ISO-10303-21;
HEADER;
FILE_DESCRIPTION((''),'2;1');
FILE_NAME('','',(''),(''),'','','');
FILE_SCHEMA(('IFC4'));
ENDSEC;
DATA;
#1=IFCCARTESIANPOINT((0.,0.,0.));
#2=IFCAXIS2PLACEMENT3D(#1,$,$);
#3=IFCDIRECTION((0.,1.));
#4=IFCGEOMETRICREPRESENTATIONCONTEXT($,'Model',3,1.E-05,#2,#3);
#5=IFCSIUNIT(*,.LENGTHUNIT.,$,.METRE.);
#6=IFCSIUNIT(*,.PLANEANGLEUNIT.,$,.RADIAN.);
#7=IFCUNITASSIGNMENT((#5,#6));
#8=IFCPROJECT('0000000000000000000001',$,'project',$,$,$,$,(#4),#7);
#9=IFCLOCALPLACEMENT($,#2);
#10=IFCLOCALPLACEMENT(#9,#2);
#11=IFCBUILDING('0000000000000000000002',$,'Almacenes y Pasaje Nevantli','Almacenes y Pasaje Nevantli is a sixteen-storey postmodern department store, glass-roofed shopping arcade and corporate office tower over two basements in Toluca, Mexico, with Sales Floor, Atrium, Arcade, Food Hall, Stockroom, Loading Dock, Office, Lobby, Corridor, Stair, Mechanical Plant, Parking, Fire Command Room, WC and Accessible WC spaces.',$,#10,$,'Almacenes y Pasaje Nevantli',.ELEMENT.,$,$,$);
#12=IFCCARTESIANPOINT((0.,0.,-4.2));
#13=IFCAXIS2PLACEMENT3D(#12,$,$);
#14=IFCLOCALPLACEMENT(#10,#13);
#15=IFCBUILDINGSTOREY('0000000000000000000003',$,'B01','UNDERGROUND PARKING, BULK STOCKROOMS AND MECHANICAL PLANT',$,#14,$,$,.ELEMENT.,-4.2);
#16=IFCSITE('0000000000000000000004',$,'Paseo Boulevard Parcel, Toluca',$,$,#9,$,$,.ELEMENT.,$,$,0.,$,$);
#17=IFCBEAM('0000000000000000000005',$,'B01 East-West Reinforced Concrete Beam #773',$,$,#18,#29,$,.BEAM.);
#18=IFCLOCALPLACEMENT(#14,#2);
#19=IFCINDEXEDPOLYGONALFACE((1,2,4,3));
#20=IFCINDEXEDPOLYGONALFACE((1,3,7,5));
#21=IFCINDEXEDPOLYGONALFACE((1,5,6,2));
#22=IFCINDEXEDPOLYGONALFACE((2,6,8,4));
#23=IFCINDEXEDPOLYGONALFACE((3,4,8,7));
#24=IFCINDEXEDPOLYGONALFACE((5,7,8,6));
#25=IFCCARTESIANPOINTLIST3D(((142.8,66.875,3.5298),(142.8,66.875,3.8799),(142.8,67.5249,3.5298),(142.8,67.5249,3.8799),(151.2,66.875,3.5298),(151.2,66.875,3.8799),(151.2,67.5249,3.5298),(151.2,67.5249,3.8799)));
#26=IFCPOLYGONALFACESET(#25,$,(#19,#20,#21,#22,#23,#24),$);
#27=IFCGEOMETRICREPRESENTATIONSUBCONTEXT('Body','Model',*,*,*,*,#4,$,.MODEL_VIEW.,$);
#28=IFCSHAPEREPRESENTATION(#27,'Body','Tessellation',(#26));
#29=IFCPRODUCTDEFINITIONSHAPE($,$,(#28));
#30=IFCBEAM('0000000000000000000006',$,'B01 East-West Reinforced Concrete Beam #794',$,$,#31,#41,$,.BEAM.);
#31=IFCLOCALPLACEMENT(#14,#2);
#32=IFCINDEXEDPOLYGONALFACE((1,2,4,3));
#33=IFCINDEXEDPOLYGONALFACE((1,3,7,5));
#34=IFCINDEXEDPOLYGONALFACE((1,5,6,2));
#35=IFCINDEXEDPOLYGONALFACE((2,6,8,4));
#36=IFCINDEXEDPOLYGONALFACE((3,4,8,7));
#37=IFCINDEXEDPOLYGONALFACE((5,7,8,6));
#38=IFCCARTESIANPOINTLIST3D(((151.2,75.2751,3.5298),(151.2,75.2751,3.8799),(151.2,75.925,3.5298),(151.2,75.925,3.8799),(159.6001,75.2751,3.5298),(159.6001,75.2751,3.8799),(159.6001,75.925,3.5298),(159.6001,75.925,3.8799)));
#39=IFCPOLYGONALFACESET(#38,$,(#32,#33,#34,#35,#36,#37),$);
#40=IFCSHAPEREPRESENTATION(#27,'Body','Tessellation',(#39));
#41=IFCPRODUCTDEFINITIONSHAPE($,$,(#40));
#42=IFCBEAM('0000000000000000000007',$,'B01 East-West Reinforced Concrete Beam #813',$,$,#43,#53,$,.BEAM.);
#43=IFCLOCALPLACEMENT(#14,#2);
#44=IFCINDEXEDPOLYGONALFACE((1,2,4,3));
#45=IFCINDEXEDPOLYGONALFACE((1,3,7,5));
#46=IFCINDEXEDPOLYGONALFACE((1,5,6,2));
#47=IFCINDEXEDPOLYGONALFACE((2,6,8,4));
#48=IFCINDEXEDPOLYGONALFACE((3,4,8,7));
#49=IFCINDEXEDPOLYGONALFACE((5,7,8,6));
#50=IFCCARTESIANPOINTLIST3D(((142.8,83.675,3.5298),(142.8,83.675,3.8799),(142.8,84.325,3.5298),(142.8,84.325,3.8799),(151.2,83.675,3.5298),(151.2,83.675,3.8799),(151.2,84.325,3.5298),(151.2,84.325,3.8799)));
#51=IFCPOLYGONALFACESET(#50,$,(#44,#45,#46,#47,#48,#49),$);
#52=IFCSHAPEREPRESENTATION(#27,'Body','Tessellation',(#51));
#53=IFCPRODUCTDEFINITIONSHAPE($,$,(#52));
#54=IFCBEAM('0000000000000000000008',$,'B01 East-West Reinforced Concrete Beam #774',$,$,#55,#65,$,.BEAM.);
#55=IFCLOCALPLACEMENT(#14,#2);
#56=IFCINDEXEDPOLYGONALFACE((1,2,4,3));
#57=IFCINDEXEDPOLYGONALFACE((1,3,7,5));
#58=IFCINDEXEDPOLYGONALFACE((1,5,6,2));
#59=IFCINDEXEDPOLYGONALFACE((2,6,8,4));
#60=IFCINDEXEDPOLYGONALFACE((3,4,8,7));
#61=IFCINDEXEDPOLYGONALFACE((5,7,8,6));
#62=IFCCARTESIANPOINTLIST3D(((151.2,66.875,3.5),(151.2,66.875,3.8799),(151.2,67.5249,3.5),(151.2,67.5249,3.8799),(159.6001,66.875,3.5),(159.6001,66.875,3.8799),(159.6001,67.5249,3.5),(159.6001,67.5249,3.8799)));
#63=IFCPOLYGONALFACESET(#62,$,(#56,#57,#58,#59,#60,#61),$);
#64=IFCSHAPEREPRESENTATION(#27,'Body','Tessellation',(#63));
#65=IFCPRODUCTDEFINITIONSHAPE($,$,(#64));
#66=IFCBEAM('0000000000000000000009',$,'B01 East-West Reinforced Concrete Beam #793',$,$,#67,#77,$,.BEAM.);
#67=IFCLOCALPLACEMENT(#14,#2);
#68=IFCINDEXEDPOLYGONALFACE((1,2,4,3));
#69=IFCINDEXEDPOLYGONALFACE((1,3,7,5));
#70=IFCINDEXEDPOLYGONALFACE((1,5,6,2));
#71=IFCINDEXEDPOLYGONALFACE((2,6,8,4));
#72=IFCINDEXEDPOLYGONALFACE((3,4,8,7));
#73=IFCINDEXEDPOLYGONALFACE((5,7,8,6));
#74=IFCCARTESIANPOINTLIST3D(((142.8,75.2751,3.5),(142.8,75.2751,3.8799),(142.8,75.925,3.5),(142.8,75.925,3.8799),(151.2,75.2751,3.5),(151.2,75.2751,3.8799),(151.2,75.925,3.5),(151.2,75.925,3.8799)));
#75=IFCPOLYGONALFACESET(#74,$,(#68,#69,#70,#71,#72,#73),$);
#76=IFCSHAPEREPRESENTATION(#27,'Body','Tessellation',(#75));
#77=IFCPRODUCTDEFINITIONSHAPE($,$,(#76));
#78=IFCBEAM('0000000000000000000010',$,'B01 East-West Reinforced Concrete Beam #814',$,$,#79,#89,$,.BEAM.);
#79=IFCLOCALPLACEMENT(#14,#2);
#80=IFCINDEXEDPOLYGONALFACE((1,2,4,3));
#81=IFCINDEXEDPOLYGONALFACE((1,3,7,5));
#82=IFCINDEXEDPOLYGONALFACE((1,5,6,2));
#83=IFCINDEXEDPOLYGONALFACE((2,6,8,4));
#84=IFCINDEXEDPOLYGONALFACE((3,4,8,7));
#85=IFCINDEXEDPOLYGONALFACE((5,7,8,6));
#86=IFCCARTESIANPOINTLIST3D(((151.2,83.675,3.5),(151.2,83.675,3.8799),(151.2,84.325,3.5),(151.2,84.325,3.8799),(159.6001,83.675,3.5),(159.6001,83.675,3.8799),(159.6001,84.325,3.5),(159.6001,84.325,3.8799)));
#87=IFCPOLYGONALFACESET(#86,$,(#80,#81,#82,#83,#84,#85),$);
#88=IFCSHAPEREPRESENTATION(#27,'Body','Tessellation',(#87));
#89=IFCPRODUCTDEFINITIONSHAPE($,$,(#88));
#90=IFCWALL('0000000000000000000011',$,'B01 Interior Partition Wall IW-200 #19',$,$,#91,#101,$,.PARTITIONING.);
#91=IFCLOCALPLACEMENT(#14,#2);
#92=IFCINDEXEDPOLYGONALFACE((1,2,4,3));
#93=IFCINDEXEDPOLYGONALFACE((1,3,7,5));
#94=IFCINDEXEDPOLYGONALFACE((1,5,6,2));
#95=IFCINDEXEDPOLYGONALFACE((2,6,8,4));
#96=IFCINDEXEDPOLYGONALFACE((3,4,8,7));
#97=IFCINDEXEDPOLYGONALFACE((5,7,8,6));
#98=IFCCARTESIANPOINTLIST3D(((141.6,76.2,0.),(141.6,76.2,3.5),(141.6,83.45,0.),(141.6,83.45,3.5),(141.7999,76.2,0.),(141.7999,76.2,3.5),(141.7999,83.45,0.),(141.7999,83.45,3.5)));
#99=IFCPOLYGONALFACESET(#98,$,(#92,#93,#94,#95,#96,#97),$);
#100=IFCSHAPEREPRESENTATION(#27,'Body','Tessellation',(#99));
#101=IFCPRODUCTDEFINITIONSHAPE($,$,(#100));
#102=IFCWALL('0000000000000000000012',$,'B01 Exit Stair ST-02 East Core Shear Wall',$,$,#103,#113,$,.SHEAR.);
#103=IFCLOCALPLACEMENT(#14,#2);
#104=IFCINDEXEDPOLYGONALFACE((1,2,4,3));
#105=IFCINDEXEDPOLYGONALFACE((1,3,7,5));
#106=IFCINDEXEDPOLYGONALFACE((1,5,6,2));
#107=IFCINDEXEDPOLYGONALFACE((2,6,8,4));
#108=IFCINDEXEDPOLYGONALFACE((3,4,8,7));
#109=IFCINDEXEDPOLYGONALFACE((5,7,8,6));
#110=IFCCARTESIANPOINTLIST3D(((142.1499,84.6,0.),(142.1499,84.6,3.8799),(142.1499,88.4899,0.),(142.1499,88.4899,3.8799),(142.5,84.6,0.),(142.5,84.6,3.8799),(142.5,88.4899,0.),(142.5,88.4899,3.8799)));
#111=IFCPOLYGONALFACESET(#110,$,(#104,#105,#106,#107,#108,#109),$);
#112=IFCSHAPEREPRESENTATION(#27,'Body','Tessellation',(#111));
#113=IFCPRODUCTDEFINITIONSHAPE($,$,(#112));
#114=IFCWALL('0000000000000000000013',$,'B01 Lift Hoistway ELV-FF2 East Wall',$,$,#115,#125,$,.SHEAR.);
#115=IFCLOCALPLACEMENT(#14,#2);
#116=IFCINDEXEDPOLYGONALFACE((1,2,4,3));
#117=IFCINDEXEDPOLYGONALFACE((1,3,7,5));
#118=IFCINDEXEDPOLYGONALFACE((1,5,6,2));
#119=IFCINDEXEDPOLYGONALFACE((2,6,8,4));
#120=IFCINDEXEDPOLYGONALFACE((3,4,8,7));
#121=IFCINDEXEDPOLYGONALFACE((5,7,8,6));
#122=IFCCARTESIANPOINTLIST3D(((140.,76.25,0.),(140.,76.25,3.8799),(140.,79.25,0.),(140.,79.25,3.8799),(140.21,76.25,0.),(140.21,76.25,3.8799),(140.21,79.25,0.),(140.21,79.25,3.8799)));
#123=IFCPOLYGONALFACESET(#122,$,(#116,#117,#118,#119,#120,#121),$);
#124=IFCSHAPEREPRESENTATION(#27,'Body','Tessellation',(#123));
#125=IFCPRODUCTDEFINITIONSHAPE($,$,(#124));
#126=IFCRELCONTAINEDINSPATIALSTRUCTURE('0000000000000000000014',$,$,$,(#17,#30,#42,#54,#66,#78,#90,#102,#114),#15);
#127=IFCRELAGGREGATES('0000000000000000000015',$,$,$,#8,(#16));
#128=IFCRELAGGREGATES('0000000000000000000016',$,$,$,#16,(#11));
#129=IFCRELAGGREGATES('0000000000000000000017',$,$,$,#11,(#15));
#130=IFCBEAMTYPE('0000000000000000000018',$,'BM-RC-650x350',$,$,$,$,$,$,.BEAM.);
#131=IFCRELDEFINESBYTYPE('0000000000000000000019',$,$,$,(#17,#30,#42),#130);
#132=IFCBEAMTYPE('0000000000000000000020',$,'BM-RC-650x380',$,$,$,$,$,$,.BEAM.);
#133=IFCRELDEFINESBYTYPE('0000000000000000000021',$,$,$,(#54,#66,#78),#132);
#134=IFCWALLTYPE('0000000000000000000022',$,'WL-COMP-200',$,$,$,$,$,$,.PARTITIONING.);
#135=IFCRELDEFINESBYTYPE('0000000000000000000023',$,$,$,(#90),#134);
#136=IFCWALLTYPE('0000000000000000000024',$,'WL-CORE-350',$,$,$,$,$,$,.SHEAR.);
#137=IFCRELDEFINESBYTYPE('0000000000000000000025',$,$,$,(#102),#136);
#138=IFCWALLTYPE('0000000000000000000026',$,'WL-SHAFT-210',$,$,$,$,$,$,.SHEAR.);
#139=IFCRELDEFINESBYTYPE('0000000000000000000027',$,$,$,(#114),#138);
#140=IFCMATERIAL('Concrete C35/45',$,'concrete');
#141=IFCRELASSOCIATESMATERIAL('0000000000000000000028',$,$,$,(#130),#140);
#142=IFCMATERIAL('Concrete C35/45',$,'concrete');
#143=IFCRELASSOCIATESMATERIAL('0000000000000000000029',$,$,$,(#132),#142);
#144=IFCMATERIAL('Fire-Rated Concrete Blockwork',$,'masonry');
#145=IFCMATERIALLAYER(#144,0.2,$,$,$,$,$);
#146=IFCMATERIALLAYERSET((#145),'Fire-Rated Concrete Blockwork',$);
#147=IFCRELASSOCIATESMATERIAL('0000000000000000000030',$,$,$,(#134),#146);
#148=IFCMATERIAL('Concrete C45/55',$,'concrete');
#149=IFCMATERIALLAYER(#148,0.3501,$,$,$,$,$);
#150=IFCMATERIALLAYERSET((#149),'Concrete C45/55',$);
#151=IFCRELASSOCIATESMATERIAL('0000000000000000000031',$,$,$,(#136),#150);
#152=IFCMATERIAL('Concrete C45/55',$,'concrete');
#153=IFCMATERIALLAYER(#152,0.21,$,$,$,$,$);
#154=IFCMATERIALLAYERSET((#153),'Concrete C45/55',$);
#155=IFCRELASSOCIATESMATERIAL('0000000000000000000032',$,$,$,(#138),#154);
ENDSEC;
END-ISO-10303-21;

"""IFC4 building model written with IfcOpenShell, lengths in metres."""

from ifc_helpers import new_model, si_unit, direction, frame, frame_2d, origin, origin_2d, place, context, subcontext, project, spatial, rectangle, extrude, material, layer, layer_set, material_profile, profile_set, type_object, element, save


model = new_model("IFC4")

# Units and contexts
model_context = context("Model", 3, precision=1e-05, world=origin(), true_north=direction((0.0, 1.0)))
body_context = subcontext(model_context, "Body", "Model", "MODEL_VIEW")
ifc_project = project(units=[si_unit("LENGTHUNIT", "METRE"), si_unit("PLANEANGLEUNIT", "RADIAN")], contexts=[model_context])

# Site, building, storey
site_placement = place(None, origin())
site = spatial("IfcSite", under=ifc_project, at=site_placement, Name="Paseo Boulevard Parcel, Toluca", CompositionType="ELEMENT", RefElevation=0.0)
building_placement = place(site_placement, origin())
building = spatial("IfcBuilding", under=site, at=building_placement, Name="Almacenes y Pasaje Nevantli", Description="Almacenes y Pasaje Nevantli is a sixteen-storey postmodern department store, glass-roofed shopping arcade and corporate office tower over two basements in Toluca, Mexico, with Sales Floor, Atrium, Arcade, Food Hall, Stockroom, Loading Dock, Office, Lobby, Corridor, Stair, Mechanical Plant, Parking, Fire Command Room, WC and Accessible WC spaces.", LongName="Almacenes y Pasaje Nevantli", CompositionType="ELEMENT")
storey_placement = place(building_placement, frame((0.0, 0.0, -4.2)))
storey = spatial("IfcBuildingStorey", under=building, at=storey_placement, Name="B01", Description="UNDERGROUND PARKING, BULK STOCKROOMS AND MECHANICAL PLANT", CompositionType="ELEMENT", Elevation=-4.2)

# Beams
ifc_material_1 = material(Name="Concrete C35/45", Category="concrete")
ifc_material_profile_1 = material_profile(ifc_material_1, rectangle(XDim=0.6499, YDim=0.3501, at=origin_2d()), Name="RC-BM-650x350")
ifc_profile_set_1 = profile_set([ifc_material_profile_1], Name="Concrete C35/45")
beam_type_1 = type_object("IfcBeamType", Name="BM-RC-650x350", PredefinedType="BEAM", material=ifc_profile_set_1)
beam_1_placement = place(storey_placement, frame((142.8, 67.2, 3.7048), z_axis=(1.0, 0.0, 0.0), x_axis=(0.0, 1.0, 0.0)))
element("IfcBeam", 1, at=beam_1_placement, inside=storey, type_object=beam_type_1, Name="B01 East-West Reinforced Concrete Beam #773", PredefinedType="BEAM", context=body_context, shape_type="SweptSolid", body=[
    extrude(rectangle(XDim=0.6499, YDim=0.3501, at=origin_2d()), origin(), (0.0, 0.0, 1.0), 8.3999),
])
beam_2_placement = place(storey_placement, frame((151.2, 75.6001, 3.7048), z_axis=(1.0, 0.0, 0.0), x_axis=(0.0, 1.0, 0.0)))
element("IfcBeam", 2, at=beam_2_placement, inside=storey, type_object=beam_type_1, Name="B01 East-West Reinforced Concrete Beam #794", PredefinedType="BEAM", context=body_context, shape_type="SweptSolid", body=[
    extrude(rectangle(XDim=0.6499, YDim=0.3501, at=origin_2d()), origin(), (0.0, 0.0, 1.0), 8.4001),
])
beam_3_placement = place(storey_placement, frame((142.8, 84.0, 3.7048), z_axis=(1.0, 0.0, 0.0), x_axis=(0.0, 1.0, 0.0)))
element("IfcBeam", 3, at=beam_3_placement, inside=storey, type_object=beam_type_1, Name="B01 East-West Reinforced Concrete Beam #813", PredefinedType="BEAM", context=body_context, shape_type="SweptSolid", body=[
    extrude(rectangle(XDim=0.6499, YDim=0.3501, at=origin_2d()), origin(), (0.0, 0.0, 1.0), 8.3999),
])
ifc_material_2 = material(Name="Concrete C35/45", Category="concrete")
ifc_material_profile_2 = material_profile(ifc_material_2, rectangle(XDim=0.6499, YDim=0.3799, at=origin_2d()), Name="RC-BM-650x380")
ifc_profile_set_2 = profile_set([ifc_material_profile_2], Name="Concrete C35/45")
beam_type_2 = type_object("IfcBeamType", Name="BM-RC-650x380", PredefinedType="BEAM", material=ifc_profile_set_2)
beam_4_placement = place(storey_placement, frame((151.2, 67.2, 3.6899), z_axis=(1.0, 0.0, 0.0), x_axis=(0.0, 1.0, 0.0)))
element("IfcBeam", 4, at=beam_4_placement, inside=storey, type_object=beam_type_2, Name="B01 East-West Reinforced Concrete Beam #774", PredefinedType="BEAM", context=body_context, shape_type="SweptSolid", body=[
    extrude(rectangle(XDim=0.6499, YDim=0.3799, at=origin_2d()), origin(), (0.0, 0.0, 1.0), 8.4001),
])
beam_5_placement = place(storey_placement, frame((142.8, 75.6001, 3.6899), z_axis=(1.0, 0.0, 0.0), x_axis=(0.0, 1.0, 0.0)))
element("IfcBeam", 5, at=beam_5_placement, inside=storey, type_object=beam_type_2, Name="B01 East-West Reinforced Concrete Beam #793", PredefinedType="BEAM", context=body_context, shape_type="SweptSolid", body=[
    extrude(rectangle(XDim=0.6499, YDim=0.3799, at=origin_2d()), origin(), (0.0, 0.0, 1.0), 8.3999),
])
beam_6_placement = place(storey_placement, frame((151.2, 84.0, 3.6899), z_axis=(1.0, 0.0, 0.0), x_axis=(0.0, 1.0, 0.0)))
element("IfcBeam", 6, at=beam_6_placement, inside=storey, type_object=beam_type_2, Name="B01 East-West Reinforced Concrete Beam #814", PredefinedType="BEAM", context=body_context, shape_type="SweptSolid", body=[
    extrude(rectangle(XDim=0.6499, YDim=0.3799, at=origin_2d()), origin(), (0.0, 0.0, 1.0), 8.4001),
])

# Walls
ifc_material_3 = material(Name="Fire-Rated Concrete Blockwork", Category="masonry")
ifc_layer_1 = layer(ifc_material_3, 0.2)
ifc_layer_set_1 = layer_set([ifc_layer_1], Name="Fire-Rated Concrete Blockwork")
wall_type_1 = type_object("IfcWallType", Name="WL-COMP-200", PredefinedType="PARTITIONING", material=ifc_layer_set_1)
wall_1_placement = place(storey_placement, frame((141.7, 76.2, 0.0), z_axis=(0.0, 0.0, 1.0), x_axis=(0.0, 1.0, 0.0)))
element("IfcWall", 7, at=wall_1_placement, inside=storey, type_object=wall_type_1, Name="B01 Interior Partition Wall IW-200 #19", PredefinedType="PARTITIONING", context=body_context, shape_type="SweptSolid", body=[
    extrude(rectangle(XDim=7.25, YDim=0.2, at=frame_2d((3.625, 0.0))), origin(), (0.0, 0.0, 1.0), 3.5),
])
ifc_material_4 = material(Name="Concrete C45/55", Category="concrete")
ifc_layer_2 = layer(ifc_material_4, 0.3501)
ifc_layer_set_2 = layer_set([ifc_layer_2], Name="Concrete C45/55")
wall_type_2 = type_object("IfcWallType", Name="WL-CORE-350", PredefinedType="SHEAR", material=ifc_layer_set_2)
wall_2_placement = place(storey_placement, frame((142.325, 84.6001, 0.0), z_axis=(0.0, 0.0, 1.0), x_axis=(0.0, 1.0, 0.0)))
element("IfcWall", 8, at=wall_2_placement, inside=storey, type_object=wall_type_2, Name="B01 Exit Stair ST-02 East Core Shear Wall", PredefinedType="SHEAR", context=body_context, shape_type="SweptSolid", body=[
    extrude(rectangle(XDim=3.8899, YDim=0.3501, at=frame_2d((1.9448, 0.0))), origin(), (0.0, 0.0, 1.0), 3.8799),
])
ifc_material_5 = material(Name="Concrete C45/55", Category="concrete")
ifc_layer_3 = layer(ifc_material_5, 0.21)
ifc_layer_set_3 = layer_set([ifc_layer_3], Name="Concrete C45/55")
wall_type_3 = type_object("IfcWallType", Name="WL-SHAFT-210", PredefinedType="SHEAR", material=ifc_layer_set_3)
wall_3_placement = place(storey_placement, frame((140.105, 76.25, 0.0), z_axis=(0.0, 0.0, 1.0), x_axis=(0.0, 1.0, 0.0)))
element("IfcWall", 9, at=wall_3_placement, inside=storey, type_object=wall_type_3, Name="B01 Lift Hoistway ELV-FF2 East Wall", PredefinedType="SHEAR", context=body_context, shape_type="SweptSolid", body=[
    extrude(rectangle(XDim=3.0, YDim=0.21, at=frame_2d((1.5, 0.0))), origin(), (0.0, 0.0, 1.0), 3.8799),
])

save(model, "model.ifc")
